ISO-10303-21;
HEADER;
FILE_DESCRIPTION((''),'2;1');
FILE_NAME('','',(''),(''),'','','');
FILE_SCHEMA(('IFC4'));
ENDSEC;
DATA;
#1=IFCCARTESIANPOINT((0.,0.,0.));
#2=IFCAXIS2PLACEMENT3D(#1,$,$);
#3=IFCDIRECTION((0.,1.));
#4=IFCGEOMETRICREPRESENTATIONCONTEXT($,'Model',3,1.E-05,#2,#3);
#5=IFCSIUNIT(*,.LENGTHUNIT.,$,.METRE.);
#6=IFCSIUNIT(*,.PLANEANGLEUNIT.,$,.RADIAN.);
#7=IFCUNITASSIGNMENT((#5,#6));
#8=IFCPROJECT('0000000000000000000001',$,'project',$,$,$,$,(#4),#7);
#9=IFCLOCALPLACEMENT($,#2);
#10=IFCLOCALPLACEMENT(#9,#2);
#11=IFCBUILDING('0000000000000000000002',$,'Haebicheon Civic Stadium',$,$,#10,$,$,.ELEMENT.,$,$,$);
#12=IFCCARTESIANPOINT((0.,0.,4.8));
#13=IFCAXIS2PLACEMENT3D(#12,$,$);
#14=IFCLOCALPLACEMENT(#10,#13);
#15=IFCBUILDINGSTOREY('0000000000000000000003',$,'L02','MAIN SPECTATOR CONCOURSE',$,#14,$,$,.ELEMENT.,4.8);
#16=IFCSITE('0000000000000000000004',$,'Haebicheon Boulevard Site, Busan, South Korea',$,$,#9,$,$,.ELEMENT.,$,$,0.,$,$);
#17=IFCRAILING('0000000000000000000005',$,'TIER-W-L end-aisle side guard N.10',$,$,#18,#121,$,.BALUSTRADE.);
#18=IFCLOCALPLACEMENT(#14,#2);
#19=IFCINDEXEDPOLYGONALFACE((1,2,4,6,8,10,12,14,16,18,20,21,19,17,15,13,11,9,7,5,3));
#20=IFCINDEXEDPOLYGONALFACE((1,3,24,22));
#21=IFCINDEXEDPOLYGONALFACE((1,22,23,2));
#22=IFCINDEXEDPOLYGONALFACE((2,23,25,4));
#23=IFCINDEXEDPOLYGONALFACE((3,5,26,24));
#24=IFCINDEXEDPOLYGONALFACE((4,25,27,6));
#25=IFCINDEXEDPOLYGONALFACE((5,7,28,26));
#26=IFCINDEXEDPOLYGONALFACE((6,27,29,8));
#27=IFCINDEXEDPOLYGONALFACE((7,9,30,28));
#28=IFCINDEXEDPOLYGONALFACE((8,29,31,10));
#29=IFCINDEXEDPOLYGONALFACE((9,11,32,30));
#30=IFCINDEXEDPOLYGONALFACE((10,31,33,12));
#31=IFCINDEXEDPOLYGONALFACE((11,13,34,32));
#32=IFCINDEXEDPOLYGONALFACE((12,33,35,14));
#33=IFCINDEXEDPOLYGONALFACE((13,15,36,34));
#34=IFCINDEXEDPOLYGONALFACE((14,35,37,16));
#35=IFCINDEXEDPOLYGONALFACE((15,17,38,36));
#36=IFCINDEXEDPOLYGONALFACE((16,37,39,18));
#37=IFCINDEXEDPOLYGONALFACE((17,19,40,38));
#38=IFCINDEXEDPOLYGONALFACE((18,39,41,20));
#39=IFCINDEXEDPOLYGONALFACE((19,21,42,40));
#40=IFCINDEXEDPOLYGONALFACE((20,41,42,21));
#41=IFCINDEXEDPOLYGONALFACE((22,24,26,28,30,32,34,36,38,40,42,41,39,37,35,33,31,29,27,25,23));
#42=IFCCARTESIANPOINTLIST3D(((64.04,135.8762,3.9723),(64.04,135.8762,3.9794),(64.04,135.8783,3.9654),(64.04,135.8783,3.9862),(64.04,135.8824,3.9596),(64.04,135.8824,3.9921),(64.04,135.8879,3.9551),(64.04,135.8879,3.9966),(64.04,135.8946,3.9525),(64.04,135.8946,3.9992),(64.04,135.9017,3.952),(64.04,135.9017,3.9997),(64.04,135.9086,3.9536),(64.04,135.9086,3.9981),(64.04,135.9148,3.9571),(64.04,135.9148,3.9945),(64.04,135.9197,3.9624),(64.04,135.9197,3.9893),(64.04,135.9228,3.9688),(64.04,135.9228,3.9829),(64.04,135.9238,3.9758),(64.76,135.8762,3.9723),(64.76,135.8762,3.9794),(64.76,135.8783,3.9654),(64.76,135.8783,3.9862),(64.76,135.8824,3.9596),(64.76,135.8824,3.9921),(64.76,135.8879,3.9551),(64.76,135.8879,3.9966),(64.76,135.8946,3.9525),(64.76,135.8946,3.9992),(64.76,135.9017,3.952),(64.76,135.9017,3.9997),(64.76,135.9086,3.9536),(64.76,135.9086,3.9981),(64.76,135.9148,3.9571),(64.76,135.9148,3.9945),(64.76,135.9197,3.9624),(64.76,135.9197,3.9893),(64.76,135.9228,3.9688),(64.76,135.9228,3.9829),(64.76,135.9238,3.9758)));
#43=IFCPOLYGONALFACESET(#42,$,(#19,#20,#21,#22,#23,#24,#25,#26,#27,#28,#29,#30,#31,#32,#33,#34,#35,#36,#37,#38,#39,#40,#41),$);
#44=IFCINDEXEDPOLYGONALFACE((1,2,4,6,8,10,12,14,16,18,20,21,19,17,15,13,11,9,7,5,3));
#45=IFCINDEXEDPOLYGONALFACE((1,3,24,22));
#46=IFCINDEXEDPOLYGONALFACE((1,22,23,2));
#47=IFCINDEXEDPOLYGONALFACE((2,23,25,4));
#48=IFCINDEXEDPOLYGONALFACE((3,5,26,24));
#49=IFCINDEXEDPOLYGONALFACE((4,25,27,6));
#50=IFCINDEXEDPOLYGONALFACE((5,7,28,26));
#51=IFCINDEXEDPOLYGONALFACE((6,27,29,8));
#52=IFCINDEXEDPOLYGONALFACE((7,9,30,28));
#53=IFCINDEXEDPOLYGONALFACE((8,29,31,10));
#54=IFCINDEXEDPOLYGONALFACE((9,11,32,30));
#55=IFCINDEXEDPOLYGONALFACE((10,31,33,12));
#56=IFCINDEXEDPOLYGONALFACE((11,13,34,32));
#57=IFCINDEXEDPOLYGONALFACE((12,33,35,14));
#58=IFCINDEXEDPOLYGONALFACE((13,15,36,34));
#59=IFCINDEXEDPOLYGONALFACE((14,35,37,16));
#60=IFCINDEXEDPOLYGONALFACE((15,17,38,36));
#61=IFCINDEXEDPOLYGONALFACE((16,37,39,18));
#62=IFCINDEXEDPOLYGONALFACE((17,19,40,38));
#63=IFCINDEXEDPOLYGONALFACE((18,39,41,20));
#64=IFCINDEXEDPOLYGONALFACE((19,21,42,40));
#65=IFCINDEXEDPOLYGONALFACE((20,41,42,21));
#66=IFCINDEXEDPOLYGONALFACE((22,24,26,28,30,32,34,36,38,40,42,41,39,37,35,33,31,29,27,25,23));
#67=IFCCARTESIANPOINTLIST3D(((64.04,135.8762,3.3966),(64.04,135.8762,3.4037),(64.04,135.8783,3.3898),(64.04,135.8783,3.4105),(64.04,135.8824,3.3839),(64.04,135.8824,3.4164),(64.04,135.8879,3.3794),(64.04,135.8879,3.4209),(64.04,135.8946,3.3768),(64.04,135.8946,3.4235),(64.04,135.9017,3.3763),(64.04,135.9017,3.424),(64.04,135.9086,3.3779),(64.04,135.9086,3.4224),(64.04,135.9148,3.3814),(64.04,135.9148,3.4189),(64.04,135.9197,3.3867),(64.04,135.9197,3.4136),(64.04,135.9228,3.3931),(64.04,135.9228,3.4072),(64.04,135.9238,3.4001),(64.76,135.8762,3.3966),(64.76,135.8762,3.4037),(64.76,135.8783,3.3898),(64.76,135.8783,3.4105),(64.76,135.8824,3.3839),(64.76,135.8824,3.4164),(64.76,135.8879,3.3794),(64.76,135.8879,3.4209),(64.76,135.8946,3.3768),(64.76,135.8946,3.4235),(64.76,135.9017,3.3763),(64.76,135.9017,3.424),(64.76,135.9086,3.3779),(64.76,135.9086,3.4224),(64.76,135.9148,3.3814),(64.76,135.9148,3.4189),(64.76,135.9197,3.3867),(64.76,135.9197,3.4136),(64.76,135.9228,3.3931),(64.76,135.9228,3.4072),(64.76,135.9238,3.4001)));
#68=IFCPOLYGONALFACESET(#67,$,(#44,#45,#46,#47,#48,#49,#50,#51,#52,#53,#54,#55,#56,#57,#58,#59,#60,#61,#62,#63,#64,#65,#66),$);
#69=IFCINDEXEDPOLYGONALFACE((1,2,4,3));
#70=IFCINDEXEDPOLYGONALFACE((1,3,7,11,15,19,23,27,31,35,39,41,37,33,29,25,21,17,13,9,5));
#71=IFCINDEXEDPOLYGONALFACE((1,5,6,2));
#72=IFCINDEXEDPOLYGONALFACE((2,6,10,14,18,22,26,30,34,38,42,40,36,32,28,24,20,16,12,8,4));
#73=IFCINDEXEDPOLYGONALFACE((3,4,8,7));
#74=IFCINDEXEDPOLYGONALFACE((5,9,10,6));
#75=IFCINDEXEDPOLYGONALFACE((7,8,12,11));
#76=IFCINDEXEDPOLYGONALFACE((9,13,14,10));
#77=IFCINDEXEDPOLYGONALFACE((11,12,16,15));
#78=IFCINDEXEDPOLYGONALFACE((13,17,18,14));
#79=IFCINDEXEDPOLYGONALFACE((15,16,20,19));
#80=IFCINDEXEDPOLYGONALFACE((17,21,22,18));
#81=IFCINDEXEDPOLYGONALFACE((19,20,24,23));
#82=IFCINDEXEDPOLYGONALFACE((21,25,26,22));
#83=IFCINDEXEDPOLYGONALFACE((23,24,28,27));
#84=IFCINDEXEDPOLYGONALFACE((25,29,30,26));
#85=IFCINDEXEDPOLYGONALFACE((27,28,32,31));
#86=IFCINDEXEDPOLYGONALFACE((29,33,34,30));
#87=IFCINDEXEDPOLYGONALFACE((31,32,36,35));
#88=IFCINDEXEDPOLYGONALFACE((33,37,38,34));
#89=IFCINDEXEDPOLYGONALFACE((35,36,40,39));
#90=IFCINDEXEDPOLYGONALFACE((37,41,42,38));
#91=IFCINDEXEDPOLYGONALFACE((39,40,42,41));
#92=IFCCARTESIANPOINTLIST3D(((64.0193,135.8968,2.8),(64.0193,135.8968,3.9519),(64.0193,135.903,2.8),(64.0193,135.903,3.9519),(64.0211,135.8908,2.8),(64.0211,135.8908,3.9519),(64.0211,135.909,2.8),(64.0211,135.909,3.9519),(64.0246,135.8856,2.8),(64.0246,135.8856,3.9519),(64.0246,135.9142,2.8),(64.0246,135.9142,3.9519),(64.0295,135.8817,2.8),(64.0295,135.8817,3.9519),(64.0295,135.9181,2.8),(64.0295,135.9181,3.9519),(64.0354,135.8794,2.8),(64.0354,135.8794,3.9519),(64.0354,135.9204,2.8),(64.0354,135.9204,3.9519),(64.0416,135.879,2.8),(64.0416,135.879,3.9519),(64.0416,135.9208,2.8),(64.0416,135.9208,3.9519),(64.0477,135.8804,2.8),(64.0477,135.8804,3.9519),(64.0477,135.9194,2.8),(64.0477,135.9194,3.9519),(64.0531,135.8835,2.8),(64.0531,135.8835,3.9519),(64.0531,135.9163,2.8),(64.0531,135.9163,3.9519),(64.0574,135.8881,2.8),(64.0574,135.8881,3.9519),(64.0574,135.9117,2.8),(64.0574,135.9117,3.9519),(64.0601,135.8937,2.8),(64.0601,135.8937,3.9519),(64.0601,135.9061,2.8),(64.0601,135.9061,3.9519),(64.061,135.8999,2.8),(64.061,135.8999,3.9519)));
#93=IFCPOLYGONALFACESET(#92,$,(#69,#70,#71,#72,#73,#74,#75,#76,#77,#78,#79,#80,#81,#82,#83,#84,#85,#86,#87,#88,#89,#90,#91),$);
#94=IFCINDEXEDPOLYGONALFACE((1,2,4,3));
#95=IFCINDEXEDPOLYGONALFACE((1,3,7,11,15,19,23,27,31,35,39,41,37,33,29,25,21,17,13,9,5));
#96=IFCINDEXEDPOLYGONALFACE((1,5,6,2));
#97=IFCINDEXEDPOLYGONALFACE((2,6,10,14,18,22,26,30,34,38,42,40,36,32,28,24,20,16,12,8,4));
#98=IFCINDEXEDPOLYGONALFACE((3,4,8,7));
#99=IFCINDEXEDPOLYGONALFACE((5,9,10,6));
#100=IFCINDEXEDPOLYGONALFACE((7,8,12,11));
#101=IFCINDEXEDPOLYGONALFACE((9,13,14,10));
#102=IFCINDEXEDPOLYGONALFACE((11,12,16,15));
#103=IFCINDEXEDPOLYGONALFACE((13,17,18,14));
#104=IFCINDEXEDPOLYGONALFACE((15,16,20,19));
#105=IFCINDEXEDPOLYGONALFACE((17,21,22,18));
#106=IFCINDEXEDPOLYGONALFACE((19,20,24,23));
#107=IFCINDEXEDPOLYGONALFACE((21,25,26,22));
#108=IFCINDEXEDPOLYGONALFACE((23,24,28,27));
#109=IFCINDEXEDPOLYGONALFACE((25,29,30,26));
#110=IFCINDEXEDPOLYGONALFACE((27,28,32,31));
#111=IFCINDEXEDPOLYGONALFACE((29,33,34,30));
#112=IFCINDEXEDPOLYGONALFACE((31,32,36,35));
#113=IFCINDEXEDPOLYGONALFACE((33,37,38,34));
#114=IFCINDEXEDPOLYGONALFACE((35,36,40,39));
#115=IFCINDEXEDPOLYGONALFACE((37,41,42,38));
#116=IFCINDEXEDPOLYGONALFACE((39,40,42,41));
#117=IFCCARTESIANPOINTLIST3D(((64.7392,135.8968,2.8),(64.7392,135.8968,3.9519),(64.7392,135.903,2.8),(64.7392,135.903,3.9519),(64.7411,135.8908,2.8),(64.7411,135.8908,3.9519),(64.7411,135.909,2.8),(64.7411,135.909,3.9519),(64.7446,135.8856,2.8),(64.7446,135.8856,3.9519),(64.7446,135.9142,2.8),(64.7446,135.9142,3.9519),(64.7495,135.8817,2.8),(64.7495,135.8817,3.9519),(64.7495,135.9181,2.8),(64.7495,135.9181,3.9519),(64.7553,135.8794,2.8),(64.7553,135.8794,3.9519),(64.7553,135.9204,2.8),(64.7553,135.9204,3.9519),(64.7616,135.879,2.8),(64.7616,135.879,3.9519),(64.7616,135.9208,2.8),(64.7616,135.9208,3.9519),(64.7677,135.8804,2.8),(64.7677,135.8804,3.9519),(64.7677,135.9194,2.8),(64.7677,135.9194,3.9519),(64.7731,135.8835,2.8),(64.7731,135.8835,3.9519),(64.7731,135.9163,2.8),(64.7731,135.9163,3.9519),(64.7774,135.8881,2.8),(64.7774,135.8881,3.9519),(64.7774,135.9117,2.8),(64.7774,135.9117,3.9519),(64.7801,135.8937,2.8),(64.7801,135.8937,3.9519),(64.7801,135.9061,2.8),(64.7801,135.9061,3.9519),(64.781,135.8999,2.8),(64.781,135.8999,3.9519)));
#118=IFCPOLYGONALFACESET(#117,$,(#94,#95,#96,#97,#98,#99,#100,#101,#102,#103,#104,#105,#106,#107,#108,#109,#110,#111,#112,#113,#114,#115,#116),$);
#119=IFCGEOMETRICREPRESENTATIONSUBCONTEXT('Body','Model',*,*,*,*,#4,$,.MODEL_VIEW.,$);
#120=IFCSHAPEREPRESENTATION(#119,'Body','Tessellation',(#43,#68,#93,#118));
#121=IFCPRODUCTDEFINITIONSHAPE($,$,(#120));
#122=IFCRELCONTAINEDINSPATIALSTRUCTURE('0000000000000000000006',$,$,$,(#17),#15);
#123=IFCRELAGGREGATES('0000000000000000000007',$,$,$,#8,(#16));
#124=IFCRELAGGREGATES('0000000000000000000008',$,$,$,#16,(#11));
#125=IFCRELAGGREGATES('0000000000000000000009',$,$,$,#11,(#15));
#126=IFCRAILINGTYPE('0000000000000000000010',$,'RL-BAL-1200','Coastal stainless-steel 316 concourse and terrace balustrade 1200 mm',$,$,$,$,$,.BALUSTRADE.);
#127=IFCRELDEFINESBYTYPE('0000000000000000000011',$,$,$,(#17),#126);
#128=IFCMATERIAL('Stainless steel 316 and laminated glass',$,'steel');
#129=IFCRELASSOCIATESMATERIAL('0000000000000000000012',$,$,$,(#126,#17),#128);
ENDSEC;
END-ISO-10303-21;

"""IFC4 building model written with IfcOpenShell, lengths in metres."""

from ifc_helpers import new_model, si_unit, direction, frame, origin, origin_2d, place, context, subcontext, project, spatial, circle, extrude, material, type_object, element, save


model = new_model("IFC4")

# Units and contexts
model_context = context("Model", 3, precision=1e-05, world=origin(), true_north=direction((0.0, 1.0)))
body_context = subcontext(model_context, "Body", "Model", "MODEL_VIEW")
ifc_project = project(units=[si_unit("LENGTHUNIT", "METRE"), si_unit("PLANEANGLEUNIT", "RADIAN")], contexts=[model_context])

# Site, building, storey
site_placement = place(None, origin())
site = spatial("IfcSite", under=ifc_project, at=site_placement, Name="Haebicheon Boulevard Site, Busan, South Korea", CompositionType="ELEMENT", RefElevation=0.0)
building_placement = place(site_placement, origin())
building = spatial("IfcBuilding", under=site, at=building_placement, Name="Haebicheon Civic Stadium", CompositionType="ELEMENT")
storey_placement = place(building_placement, frame((0.0, 0.0, 4.8)))
storey = spatial("IfcBuildingStorey", under=building, at=storey_placement, Name="L02", Description="MAIN SPECTATOR CONCOURSE", CompositionType="ELEMENT", Elevation=4.8)

# Railing
ifc_material_1 = material(Name="Stainless steel 316 and laminated glass", Category="steel")
railing_type = type_object("IfcRailingType", Name="RL-BAL-1200", Description="Coastal stainless-steel 316 concourse and terrace balustrade 1200 mm", PredefinedType="BALUSTRADE", material=ifc_material_1)
for number, where, name in (
    (1, (64.04, 135.8999, 2.8), "TIER-W-L end-aisle side guard N.10"),
):
    element("IfcRailing", number, at=place(storey_placement, frame(where)), inside=storey, type_object=railing_type, material=ifc_material_1, Name=name, PredefinedType="BALUSTRADE", context=body_context, shape_type="SweptSolid", body=[
        extrude(circle(Radius=0.0239, at=origin_2d()), frame((0.0, 0.0, 1.1758), z_axis=(1.0, 0.0, 0.0), x_axis=(0.0, 1.0, 0.0)), (0.0, 0.0, 1.0), 0.72),
        extrude(circle(Radius=0.0239, at=origin_2d()), frame((0.0, 0.0, 0.6001), z_axis=(1.0, 0.0, 0.0), x_axis=(0.0, 1.0, 0.0)), (0.0, 0.0, 1.0), 0.72),
        extrude(circle(Radius=0.021, at=origin_2d()), origin(), (0.0, 0.0, 1.0), 1.1519),
        extrude(circle(Radius=0.021, at=origin_2d()), frame((0.72, 0.0, 0.0)), (0.0, 0.0, 1.0), 1.1519),
    ])

save(model, "model.ifc")
